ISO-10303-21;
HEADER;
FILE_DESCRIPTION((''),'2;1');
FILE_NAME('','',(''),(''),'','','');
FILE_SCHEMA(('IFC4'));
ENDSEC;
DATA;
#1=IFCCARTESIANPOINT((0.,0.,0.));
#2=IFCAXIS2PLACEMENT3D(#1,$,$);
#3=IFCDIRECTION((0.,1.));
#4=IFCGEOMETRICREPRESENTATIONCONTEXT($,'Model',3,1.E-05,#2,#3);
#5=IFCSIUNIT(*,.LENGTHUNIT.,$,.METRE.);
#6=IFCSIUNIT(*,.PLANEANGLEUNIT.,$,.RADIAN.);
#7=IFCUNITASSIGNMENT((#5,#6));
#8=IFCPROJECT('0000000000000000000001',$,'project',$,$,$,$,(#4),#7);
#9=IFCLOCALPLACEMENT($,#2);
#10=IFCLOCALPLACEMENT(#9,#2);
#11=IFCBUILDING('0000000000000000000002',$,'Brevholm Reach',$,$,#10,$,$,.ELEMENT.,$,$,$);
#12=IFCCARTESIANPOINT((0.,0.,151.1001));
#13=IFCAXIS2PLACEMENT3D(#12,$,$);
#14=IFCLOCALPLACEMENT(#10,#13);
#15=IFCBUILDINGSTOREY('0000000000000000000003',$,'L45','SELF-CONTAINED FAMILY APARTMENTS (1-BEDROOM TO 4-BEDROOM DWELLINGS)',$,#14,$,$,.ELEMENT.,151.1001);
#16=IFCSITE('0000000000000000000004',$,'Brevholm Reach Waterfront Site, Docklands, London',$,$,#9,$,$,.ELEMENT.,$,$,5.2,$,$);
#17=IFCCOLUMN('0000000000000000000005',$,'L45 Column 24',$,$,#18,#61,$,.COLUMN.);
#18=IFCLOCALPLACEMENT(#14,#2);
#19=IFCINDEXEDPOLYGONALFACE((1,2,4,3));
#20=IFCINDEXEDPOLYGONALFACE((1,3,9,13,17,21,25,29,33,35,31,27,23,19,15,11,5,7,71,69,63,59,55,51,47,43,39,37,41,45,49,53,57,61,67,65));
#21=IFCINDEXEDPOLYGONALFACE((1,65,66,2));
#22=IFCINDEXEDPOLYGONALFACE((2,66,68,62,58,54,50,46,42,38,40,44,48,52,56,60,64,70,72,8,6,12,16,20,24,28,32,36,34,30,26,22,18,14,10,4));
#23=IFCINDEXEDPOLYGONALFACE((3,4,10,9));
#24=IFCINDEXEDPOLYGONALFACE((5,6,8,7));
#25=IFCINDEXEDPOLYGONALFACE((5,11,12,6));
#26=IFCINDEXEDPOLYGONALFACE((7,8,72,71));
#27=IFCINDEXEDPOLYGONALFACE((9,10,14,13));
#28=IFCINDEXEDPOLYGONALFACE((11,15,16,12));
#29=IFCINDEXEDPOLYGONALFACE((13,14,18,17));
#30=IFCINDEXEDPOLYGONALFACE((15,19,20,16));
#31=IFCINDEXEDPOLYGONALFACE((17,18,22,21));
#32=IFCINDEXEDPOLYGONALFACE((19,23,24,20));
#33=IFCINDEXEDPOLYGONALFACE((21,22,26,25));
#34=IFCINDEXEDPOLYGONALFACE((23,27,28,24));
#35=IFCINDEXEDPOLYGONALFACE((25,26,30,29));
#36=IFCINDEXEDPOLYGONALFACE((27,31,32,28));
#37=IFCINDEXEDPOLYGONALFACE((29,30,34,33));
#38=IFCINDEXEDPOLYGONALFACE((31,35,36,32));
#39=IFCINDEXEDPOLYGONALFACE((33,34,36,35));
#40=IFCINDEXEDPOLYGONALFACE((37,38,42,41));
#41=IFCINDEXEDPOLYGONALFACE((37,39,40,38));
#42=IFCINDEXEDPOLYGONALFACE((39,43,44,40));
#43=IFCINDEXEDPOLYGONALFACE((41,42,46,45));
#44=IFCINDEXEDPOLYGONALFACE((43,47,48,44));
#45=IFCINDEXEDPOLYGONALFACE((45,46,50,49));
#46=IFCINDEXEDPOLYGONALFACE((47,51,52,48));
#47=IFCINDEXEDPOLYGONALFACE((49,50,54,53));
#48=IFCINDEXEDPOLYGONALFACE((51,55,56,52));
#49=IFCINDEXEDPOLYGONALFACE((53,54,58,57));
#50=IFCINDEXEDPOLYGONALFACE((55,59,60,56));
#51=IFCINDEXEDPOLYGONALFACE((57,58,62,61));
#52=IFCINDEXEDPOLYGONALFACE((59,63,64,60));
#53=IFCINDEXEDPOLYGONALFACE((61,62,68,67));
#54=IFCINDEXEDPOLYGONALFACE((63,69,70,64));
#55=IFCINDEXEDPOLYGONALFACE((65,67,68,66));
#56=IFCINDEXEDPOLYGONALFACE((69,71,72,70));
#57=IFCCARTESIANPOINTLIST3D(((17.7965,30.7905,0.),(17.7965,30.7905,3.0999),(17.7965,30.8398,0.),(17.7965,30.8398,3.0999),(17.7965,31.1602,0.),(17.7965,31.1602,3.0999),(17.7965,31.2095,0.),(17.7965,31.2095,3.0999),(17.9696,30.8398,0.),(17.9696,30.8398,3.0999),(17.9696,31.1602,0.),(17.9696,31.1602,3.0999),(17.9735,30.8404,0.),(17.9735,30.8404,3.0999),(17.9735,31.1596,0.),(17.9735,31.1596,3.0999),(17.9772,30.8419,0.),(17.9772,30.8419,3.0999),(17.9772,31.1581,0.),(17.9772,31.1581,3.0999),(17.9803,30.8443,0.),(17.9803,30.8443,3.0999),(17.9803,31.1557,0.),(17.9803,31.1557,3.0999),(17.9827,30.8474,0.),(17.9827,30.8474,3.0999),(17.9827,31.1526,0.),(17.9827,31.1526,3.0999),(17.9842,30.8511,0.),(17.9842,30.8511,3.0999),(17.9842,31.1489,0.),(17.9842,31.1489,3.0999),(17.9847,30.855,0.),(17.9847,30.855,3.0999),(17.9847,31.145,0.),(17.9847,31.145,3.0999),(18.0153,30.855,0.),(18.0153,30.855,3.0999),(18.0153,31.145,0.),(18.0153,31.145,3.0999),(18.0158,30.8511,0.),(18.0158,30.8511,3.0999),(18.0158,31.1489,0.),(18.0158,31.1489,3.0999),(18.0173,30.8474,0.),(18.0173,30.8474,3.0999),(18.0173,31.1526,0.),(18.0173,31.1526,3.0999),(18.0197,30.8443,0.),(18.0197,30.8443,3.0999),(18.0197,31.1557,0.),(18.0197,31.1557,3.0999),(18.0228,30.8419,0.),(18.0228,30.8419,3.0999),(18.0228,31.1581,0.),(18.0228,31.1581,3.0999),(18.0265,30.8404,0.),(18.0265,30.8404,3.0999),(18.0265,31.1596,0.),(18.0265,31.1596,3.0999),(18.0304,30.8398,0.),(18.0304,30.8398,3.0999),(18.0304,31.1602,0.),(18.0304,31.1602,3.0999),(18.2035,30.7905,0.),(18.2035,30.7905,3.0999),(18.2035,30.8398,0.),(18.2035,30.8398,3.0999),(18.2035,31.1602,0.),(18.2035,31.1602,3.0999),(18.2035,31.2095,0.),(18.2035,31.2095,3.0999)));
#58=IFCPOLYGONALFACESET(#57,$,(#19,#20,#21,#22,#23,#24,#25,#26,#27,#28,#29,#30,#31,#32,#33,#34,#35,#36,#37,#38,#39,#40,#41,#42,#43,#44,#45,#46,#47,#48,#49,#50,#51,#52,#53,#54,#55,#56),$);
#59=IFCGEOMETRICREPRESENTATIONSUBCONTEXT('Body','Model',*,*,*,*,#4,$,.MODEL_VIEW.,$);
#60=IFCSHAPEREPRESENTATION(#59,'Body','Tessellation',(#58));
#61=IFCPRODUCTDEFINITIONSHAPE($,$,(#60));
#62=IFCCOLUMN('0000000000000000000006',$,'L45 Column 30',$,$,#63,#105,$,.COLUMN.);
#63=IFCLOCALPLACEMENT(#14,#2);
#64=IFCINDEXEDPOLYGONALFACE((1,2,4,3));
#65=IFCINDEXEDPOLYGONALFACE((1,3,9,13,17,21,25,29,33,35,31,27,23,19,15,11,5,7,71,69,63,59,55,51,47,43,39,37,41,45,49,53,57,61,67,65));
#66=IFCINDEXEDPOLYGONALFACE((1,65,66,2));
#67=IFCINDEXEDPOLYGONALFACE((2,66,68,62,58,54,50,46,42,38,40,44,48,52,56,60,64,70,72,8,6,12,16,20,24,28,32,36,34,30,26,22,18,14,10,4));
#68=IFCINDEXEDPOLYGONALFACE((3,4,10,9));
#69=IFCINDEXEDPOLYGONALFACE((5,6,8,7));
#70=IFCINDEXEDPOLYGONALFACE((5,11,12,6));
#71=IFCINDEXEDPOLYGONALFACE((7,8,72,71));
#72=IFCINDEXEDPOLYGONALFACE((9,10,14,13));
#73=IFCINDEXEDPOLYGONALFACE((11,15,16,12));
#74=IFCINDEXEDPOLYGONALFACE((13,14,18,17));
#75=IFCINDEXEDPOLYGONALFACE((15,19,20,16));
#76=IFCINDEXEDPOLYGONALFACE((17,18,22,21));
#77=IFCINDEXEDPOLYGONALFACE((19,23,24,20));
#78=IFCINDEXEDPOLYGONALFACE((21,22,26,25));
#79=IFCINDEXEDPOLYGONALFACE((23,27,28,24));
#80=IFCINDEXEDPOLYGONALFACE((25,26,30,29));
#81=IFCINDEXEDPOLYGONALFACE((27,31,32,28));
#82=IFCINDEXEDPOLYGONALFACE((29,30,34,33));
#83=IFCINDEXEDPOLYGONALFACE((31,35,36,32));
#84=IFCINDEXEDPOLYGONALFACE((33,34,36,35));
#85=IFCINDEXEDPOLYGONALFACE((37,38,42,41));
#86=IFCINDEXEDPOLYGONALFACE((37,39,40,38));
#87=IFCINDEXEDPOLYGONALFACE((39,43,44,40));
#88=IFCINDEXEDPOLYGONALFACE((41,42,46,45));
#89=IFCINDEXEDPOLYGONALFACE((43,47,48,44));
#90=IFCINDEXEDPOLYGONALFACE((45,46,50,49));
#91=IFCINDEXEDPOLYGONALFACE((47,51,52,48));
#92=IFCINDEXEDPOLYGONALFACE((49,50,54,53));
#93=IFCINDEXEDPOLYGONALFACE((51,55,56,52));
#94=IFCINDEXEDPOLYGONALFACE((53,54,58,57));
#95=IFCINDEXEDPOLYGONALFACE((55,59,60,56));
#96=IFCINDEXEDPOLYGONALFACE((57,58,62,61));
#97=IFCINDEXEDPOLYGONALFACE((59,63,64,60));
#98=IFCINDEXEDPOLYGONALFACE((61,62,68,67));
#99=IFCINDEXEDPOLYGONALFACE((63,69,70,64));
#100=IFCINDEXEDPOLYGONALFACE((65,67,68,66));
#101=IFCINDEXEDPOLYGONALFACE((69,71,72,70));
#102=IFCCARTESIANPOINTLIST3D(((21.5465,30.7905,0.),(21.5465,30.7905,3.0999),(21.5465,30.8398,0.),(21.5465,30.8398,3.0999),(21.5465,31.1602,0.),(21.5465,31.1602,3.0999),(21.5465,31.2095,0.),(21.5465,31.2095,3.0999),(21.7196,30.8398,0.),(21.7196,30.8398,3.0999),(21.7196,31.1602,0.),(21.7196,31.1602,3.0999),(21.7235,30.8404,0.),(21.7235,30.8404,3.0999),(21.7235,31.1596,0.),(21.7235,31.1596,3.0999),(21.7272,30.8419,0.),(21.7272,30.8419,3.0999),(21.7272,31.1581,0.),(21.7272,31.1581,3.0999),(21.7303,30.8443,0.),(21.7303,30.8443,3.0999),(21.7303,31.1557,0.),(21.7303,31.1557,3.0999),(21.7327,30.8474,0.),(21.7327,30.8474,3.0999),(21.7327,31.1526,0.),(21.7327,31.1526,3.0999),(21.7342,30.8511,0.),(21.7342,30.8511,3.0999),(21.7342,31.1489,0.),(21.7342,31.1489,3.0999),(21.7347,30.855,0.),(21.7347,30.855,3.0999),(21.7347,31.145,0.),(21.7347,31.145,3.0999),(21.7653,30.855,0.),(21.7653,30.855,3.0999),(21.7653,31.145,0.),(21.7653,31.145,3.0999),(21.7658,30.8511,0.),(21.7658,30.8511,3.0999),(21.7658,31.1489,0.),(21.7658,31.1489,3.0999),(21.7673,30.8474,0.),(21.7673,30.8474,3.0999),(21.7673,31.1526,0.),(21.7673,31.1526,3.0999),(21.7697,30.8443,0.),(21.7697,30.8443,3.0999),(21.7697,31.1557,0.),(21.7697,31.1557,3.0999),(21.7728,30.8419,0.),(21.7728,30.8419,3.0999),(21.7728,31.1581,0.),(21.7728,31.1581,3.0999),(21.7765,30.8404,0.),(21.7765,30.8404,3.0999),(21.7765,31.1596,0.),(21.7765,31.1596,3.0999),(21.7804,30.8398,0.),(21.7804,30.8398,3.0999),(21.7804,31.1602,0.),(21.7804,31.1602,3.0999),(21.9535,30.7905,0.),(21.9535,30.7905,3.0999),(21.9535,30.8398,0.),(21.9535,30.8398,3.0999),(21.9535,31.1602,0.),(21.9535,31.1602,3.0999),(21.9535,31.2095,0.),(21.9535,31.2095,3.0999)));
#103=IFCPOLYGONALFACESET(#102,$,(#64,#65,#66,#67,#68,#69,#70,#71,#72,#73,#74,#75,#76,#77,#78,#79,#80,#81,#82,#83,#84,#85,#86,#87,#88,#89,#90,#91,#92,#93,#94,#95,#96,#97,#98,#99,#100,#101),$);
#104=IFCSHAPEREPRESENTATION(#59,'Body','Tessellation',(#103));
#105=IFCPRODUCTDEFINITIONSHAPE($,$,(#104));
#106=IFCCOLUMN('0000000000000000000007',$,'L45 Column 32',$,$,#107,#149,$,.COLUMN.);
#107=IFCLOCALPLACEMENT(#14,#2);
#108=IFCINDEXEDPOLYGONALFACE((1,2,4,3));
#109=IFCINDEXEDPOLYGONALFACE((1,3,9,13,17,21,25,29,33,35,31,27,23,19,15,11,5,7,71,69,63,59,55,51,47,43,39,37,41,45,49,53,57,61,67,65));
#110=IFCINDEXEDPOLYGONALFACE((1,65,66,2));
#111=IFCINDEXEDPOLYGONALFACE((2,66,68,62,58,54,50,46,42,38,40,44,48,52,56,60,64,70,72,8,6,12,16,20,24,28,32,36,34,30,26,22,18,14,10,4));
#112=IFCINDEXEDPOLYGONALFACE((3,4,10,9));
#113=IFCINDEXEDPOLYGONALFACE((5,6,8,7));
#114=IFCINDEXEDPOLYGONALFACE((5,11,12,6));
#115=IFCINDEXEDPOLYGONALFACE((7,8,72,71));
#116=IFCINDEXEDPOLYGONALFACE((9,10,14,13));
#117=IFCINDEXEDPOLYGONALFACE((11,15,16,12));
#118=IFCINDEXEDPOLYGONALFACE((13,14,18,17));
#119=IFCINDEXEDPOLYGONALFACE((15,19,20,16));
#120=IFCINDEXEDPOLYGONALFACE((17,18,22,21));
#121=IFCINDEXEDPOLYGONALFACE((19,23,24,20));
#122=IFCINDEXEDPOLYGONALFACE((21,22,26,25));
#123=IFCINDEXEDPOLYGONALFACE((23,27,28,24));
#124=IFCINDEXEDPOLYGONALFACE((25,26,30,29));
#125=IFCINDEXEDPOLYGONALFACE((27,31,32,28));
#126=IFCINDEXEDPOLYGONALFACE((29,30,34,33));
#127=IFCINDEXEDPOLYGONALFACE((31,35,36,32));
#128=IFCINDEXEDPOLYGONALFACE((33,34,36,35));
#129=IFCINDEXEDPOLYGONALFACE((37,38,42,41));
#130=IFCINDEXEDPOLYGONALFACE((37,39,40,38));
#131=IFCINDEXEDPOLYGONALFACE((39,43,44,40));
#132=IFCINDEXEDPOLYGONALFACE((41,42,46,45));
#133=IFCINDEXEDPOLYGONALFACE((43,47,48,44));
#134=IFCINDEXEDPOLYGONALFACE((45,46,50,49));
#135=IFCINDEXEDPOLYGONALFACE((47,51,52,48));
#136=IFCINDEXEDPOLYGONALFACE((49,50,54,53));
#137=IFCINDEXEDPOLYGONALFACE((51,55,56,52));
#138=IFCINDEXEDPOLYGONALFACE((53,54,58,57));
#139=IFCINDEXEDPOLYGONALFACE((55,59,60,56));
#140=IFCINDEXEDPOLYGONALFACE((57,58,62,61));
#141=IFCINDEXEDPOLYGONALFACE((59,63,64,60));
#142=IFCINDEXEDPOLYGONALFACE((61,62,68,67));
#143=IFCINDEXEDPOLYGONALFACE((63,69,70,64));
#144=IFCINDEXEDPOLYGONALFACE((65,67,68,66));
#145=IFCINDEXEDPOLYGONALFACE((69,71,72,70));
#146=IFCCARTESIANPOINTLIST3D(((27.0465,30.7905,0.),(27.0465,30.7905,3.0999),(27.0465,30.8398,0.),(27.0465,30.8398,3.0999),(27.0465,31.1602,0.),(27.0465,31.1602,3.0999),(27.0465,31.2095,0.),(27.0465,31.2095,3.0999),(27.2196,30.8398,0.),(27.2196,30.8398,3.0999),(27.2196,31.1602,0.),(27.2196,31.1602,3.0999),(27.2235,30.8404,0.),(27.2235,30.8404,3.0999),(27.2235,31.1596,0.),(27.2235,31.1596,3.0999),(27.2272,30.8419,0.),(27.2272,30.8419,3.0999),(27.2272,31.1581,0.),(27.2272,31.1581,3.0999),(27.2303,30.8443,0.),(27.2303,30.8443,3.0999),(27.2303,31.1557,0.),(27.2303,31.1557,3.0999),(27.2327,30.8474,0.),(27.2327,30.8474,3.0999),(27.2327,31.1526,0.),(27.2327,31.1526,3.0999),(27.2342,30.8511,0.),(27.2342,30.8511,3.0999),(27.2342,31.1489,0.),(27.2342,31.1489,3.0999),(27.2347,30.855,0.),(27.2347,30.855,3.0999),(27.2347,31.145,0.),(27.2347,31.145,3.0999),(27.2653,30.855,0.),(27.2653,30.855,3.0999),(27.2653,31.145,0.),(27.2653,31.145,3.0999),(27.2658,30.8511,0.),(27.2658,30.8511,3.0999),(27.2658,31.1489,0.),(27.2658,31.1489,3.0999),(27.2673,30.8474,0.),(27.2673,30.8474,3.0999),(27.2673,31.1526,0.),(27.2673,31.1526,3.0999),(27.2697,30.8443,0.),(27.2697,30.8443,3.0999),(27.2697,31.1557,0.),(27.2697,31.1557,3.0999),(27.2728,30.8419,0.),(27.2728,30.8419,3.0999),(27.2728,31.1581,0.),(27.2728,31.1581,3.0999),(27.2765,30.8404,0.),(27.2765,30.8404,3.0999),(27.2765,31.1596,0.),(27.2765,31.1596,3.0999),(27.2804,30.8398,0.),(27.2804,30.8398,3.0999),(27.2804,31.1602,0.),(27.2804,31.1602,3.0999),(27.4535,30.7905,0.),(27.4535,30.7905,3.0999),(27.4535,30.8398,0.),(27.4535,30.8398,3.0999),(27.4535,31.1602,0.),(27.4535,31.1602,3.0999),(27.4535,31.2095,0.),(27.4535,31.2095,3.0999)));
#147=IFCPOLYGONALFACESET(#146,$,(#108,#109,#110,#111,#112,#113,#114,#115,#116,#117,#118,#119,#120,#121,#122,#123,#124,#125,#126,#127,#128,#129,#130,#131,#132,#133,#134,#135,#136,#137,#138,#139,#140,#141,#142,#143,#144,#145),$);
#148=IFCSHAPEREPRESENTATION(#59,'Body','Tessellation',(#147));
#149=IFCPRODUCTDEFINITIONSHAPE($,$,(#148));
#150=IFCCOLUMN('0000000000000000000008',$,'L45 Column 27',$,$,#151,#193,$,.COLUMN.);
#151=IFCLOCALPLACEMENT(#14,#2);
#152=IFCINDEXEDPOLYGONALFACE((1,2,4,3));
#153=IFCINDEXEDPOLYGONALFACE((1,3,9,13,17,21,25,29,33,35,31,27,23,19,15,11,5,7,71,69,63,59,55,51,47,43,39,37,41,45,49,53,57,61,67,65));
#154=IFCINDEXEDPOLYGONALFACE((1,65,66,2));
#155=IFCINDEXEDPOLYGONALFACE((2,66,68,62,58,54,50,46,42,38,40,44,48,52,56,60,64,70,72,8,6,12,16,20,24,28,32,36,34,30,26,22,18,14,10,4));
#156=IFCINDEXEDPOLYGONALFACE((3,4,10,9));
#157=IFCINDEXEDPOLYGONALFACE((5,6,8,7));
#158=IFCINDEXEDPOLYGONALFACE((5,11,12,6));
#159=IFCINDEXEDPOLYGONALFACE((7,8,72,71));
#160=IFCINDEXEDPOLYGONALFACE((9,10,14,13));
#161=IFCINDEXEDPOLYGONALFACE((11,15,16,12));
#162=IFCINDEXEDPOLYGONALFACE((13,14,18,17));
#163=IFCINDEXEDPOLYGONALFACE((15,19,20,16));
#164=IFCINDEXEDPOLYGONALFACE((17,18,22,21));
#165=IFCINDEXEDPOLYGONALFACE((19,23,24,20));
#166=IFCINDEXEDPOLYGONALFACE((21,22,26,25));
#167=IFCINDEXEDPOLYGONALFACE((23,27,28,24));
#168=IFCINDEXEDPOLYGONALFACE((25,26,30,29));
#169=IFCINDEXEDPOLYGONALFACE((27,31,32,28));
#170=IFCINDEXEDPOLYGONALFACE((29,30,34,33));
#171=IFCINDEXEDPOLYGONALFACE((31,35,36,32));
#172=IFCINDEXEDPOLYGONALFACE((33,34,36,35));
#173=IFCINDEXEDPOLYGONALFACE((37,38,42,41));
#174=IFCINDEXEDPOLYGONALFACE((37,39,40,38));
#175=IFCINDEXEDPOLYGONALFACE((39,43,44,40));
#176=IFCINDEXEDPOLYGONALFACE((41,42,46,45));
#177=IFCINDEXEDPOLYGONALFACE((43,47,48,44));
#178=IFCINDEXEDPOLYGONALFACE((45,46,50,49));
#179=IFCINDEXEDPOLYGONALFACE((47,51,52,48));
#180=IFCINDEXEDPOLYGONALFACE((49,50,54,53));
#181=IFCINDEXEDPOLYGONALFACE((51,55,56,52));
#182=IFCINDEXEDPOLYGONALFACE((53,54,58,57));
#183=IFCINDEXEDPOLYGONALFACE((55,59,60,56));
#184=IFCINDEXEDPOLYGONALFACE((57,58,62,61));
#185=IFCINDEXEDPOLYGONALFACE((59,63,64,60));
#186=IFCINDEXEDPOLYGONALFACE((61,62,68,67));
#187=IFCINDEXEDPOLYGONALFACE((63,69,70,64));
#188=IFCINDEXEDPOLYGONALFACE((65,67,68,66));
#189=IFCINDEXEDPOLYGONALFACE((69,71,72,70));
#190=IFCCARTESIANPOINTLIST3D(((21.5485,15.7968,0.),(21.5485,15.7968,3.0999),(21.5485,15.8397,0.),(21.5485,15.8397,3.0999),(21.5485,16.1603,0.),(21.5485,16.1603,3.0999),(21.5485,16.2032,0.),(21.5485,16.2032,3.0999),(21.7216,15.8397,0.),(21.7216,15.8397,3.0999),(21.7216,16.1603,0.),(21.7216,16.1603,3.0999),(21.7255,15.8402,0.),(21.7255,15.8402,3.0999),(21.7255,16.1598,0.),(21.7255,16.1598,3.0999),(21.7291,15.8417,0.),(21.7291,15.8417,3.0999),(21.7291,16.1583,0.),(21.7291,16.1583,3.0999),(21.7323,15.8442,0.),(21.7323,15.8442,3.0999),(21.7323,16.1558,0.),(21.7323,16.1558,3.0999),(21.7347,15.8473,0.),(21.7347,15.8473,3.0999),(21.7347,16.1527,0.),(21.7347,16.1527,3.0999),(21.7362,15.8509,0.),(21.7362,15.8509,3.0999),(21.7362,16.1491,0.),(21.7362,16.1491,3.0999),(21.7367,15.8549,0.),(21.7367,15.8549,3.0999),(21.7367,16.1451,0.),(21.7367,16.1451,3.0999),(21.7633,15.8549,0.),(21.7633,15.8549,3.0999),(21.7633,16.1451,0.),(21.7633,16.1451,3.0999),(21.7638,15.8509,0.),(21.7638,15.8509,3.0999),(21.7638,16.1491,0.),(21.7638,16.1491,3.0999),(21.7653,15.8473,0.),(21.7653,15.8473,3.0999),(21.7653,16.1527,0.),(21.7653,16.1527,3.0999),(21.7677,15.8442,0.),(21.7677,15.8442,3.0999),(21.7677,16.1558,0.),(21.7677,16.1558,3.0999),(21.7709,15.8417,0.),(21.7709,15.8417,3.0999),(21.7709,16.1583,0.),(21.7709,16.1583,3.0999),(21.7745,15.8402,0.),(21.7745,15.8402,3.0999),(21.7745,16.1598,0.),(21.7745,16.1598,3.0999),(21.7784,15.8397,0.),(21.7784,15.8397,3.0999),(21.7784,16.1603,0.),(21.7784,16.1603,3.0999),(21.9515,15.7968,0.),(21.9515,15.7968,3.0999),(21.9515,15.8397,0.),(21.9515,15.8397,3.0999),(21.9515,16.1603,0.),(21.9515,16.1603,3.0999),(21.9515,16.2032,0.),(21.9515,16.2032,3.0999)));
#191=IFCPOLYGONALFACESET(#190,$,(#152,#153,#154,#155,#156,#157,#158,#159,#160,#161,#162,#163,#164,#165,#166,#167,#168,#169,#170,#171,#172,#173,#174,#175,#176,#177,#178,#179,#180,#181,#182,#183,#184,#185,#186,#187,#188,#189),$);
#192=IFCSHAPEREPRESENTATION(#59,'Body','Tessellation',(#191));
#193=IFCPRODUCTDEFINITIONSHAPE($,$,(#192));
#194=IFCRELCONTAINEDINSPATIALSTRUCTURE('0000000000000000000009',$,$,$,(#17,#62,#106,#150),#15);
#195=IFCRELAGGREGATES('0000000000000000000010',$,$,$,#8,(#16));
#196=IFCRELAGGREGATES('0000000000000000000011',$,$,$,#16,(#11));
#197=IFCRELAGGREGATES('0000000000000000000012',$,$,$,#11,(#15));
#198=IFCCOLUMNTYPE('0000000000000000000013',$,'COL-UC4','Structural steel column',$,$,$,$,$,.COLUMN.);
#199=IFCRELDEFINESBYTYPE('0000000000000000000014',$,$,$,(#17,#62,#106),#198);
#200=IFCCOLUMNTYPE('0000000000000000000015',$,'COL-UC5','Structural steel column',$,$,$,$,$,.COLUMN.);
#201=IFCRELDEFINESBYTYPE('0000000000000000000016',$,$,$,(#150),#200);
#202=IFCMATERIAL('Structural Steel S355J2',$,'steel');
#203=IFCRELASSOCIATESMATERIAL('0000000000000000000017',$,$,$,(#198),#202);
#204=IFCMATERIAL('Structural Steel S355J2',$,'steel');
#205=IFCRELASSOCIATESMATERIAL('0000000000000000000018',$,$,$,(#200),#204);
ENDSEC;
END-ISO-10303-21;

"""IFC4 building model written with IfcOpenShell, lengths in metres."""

from ifc_helpers import new_model, si_unit, direction, frame, origin, origin_2d, place, context, subcontext, project, spatial, i_section, extrude, material, material_profile, profile_set, type_object, element, save


model = new_model("IFC4")

# Units and contexts
model_context = context("Model", 3, precision=1e-05, world=origin(), true_north=direction((0.0, 1.0)))
body_context = subcontext(model_context, "Body", "Model", "MODEL_VIEW")
ifc_project = project(units=[si_unit("LENGTHUNIT", "METRE"), si_unit("PLANEANGLEUNIT", "RADIAN")], contexts=[model_context])

# Site, building, storey
site_placement = place(None, origin())
site = spatial("IfcSite", under=ifc_project, at=site_placement, Name="Brevholm Reach Waterfront Site, Docklands, London", CompositionType="ELEMENT", RefElevation=5.2)
building_placement = place(site_placement, origin())
building = spatial("IfcBuilding", under=site, at=building_placement, Name="Brevholm Reach", CompositionType="ELEMENT")
storey_placement = place(building_placement, frame((0.0, 0.0, 151.1001)))
storey = spatial("IfcBuildingStorey", under=building, at=storey_placement, Name="L45", Description="SELF-CONTAINED FAMILY APARTMENTS (1-BEDROOM TO 4-BEDROOM DWELLINGS)", CompositionType="ELEMENT", Elevation=151.1001)

# Columns
ifc_material_1 = material(Name="Structural Steel S355J2", Category="steel")
ifc_material_profile_1 = material_profile(ifc_material_1, i_section(OverallWidth=0.407, OverallDepth=0.4189, WebThickness=0.0305, FlangeThickness=0.0493, FilletRadius=0.0151, at=origin_2d()), Name="UKC 356x406x393")
ifc_profile_set_1 = profile_set([ifc_material_profile_1], Name="Structural Steel S355J2")
column_type_1 = type_object("IfcColumnType", Name="COL-UC4", Description="Structural steel column", PredefinedType="COLUMN", material=ifc_profile_set_1)
for number, where, z_axis, x_axis, name in (
    (1, (18.0, 31.0, 0.0), (0.0, 0.0, 1.0), (1.0, 0.0, 0.0), "L45 Column 24"),
    (2, (21.75, 31.0, 0.0), (0.0, 0.0, 1.0), (1.0, 0.0, 0.0), "L45 Column 30"),
    (3, (27.25, 31.0, 0.0), (0.0, 0.0, 1.0), (1.0, 0.0, 0.0), "L45 Column 32"),
):
    element("IfcColumn", number, at=place(storey_placement, frame(where, z_axis=z_axis, x_axis=x_axis)), inside=storey, type_object=column_type_1, Name=name, PredefinedType="COLUMN", context=body_context, shape_type="SweptSolid", body=[
        extrude(i_section(OverallWidth=0.407, OverallDepth=0.4189, WebThickness=0.0305, FlangeThickness=0.0493, FilletRadius=0.0151, at=origin_2d()), origin(), (0.0, 0.0, 1.0), 3.0999),
    ])
ifc_material_2 = material(Name="Structural Steel S355J2", Category="steel")
ifc_material_profile_2 = material_profile(ifc_material_2, i_section(OverallWidth=0.4031, OverallDepth=0.4065, WebThickness=0.0266, FlangeThickness=0.043, FilletRadius=0.0151, at=origin_2d()), Name="UKC 356x406x340")
ifc_profile_set_2 = profile_set([ifc_material_profile_2], Name="Structural Steel S355J2")
column_type_2 = type_object("IfcColumnType", Name="COL-UC5", Description="Structural steel column", PredefinedType="COLUMN", material=ifc_profile_set_2)
for number, where, z_axis, x_axis, name in (
    (4, (21.75, 16.0, 0.0), (0.0, 0.0, 1.0), (1.0, 0.0, 0.0), "L45 Column 27"),
):
    element("IfcColumn", number, at=place(storey_placement, frame(where, z_axis=z_axis, x_axis=x_axis)), inside=storey, type_object=column_type_2, Name=name, PredefinedType="COLUMN", context=body_context, shape_type="SweptSolid", body=[
        extrude(i_section(OverallWidth=0.4031, OverallDepth=0.4065, WebThickness=0.0266, FlangeThickness=0.043, FilletRadius=0.0151, at=origin_2d()), origin(), (0.0, 0.0, 1.0), 3.0999),
    ])

save(model, "model.ifc")
